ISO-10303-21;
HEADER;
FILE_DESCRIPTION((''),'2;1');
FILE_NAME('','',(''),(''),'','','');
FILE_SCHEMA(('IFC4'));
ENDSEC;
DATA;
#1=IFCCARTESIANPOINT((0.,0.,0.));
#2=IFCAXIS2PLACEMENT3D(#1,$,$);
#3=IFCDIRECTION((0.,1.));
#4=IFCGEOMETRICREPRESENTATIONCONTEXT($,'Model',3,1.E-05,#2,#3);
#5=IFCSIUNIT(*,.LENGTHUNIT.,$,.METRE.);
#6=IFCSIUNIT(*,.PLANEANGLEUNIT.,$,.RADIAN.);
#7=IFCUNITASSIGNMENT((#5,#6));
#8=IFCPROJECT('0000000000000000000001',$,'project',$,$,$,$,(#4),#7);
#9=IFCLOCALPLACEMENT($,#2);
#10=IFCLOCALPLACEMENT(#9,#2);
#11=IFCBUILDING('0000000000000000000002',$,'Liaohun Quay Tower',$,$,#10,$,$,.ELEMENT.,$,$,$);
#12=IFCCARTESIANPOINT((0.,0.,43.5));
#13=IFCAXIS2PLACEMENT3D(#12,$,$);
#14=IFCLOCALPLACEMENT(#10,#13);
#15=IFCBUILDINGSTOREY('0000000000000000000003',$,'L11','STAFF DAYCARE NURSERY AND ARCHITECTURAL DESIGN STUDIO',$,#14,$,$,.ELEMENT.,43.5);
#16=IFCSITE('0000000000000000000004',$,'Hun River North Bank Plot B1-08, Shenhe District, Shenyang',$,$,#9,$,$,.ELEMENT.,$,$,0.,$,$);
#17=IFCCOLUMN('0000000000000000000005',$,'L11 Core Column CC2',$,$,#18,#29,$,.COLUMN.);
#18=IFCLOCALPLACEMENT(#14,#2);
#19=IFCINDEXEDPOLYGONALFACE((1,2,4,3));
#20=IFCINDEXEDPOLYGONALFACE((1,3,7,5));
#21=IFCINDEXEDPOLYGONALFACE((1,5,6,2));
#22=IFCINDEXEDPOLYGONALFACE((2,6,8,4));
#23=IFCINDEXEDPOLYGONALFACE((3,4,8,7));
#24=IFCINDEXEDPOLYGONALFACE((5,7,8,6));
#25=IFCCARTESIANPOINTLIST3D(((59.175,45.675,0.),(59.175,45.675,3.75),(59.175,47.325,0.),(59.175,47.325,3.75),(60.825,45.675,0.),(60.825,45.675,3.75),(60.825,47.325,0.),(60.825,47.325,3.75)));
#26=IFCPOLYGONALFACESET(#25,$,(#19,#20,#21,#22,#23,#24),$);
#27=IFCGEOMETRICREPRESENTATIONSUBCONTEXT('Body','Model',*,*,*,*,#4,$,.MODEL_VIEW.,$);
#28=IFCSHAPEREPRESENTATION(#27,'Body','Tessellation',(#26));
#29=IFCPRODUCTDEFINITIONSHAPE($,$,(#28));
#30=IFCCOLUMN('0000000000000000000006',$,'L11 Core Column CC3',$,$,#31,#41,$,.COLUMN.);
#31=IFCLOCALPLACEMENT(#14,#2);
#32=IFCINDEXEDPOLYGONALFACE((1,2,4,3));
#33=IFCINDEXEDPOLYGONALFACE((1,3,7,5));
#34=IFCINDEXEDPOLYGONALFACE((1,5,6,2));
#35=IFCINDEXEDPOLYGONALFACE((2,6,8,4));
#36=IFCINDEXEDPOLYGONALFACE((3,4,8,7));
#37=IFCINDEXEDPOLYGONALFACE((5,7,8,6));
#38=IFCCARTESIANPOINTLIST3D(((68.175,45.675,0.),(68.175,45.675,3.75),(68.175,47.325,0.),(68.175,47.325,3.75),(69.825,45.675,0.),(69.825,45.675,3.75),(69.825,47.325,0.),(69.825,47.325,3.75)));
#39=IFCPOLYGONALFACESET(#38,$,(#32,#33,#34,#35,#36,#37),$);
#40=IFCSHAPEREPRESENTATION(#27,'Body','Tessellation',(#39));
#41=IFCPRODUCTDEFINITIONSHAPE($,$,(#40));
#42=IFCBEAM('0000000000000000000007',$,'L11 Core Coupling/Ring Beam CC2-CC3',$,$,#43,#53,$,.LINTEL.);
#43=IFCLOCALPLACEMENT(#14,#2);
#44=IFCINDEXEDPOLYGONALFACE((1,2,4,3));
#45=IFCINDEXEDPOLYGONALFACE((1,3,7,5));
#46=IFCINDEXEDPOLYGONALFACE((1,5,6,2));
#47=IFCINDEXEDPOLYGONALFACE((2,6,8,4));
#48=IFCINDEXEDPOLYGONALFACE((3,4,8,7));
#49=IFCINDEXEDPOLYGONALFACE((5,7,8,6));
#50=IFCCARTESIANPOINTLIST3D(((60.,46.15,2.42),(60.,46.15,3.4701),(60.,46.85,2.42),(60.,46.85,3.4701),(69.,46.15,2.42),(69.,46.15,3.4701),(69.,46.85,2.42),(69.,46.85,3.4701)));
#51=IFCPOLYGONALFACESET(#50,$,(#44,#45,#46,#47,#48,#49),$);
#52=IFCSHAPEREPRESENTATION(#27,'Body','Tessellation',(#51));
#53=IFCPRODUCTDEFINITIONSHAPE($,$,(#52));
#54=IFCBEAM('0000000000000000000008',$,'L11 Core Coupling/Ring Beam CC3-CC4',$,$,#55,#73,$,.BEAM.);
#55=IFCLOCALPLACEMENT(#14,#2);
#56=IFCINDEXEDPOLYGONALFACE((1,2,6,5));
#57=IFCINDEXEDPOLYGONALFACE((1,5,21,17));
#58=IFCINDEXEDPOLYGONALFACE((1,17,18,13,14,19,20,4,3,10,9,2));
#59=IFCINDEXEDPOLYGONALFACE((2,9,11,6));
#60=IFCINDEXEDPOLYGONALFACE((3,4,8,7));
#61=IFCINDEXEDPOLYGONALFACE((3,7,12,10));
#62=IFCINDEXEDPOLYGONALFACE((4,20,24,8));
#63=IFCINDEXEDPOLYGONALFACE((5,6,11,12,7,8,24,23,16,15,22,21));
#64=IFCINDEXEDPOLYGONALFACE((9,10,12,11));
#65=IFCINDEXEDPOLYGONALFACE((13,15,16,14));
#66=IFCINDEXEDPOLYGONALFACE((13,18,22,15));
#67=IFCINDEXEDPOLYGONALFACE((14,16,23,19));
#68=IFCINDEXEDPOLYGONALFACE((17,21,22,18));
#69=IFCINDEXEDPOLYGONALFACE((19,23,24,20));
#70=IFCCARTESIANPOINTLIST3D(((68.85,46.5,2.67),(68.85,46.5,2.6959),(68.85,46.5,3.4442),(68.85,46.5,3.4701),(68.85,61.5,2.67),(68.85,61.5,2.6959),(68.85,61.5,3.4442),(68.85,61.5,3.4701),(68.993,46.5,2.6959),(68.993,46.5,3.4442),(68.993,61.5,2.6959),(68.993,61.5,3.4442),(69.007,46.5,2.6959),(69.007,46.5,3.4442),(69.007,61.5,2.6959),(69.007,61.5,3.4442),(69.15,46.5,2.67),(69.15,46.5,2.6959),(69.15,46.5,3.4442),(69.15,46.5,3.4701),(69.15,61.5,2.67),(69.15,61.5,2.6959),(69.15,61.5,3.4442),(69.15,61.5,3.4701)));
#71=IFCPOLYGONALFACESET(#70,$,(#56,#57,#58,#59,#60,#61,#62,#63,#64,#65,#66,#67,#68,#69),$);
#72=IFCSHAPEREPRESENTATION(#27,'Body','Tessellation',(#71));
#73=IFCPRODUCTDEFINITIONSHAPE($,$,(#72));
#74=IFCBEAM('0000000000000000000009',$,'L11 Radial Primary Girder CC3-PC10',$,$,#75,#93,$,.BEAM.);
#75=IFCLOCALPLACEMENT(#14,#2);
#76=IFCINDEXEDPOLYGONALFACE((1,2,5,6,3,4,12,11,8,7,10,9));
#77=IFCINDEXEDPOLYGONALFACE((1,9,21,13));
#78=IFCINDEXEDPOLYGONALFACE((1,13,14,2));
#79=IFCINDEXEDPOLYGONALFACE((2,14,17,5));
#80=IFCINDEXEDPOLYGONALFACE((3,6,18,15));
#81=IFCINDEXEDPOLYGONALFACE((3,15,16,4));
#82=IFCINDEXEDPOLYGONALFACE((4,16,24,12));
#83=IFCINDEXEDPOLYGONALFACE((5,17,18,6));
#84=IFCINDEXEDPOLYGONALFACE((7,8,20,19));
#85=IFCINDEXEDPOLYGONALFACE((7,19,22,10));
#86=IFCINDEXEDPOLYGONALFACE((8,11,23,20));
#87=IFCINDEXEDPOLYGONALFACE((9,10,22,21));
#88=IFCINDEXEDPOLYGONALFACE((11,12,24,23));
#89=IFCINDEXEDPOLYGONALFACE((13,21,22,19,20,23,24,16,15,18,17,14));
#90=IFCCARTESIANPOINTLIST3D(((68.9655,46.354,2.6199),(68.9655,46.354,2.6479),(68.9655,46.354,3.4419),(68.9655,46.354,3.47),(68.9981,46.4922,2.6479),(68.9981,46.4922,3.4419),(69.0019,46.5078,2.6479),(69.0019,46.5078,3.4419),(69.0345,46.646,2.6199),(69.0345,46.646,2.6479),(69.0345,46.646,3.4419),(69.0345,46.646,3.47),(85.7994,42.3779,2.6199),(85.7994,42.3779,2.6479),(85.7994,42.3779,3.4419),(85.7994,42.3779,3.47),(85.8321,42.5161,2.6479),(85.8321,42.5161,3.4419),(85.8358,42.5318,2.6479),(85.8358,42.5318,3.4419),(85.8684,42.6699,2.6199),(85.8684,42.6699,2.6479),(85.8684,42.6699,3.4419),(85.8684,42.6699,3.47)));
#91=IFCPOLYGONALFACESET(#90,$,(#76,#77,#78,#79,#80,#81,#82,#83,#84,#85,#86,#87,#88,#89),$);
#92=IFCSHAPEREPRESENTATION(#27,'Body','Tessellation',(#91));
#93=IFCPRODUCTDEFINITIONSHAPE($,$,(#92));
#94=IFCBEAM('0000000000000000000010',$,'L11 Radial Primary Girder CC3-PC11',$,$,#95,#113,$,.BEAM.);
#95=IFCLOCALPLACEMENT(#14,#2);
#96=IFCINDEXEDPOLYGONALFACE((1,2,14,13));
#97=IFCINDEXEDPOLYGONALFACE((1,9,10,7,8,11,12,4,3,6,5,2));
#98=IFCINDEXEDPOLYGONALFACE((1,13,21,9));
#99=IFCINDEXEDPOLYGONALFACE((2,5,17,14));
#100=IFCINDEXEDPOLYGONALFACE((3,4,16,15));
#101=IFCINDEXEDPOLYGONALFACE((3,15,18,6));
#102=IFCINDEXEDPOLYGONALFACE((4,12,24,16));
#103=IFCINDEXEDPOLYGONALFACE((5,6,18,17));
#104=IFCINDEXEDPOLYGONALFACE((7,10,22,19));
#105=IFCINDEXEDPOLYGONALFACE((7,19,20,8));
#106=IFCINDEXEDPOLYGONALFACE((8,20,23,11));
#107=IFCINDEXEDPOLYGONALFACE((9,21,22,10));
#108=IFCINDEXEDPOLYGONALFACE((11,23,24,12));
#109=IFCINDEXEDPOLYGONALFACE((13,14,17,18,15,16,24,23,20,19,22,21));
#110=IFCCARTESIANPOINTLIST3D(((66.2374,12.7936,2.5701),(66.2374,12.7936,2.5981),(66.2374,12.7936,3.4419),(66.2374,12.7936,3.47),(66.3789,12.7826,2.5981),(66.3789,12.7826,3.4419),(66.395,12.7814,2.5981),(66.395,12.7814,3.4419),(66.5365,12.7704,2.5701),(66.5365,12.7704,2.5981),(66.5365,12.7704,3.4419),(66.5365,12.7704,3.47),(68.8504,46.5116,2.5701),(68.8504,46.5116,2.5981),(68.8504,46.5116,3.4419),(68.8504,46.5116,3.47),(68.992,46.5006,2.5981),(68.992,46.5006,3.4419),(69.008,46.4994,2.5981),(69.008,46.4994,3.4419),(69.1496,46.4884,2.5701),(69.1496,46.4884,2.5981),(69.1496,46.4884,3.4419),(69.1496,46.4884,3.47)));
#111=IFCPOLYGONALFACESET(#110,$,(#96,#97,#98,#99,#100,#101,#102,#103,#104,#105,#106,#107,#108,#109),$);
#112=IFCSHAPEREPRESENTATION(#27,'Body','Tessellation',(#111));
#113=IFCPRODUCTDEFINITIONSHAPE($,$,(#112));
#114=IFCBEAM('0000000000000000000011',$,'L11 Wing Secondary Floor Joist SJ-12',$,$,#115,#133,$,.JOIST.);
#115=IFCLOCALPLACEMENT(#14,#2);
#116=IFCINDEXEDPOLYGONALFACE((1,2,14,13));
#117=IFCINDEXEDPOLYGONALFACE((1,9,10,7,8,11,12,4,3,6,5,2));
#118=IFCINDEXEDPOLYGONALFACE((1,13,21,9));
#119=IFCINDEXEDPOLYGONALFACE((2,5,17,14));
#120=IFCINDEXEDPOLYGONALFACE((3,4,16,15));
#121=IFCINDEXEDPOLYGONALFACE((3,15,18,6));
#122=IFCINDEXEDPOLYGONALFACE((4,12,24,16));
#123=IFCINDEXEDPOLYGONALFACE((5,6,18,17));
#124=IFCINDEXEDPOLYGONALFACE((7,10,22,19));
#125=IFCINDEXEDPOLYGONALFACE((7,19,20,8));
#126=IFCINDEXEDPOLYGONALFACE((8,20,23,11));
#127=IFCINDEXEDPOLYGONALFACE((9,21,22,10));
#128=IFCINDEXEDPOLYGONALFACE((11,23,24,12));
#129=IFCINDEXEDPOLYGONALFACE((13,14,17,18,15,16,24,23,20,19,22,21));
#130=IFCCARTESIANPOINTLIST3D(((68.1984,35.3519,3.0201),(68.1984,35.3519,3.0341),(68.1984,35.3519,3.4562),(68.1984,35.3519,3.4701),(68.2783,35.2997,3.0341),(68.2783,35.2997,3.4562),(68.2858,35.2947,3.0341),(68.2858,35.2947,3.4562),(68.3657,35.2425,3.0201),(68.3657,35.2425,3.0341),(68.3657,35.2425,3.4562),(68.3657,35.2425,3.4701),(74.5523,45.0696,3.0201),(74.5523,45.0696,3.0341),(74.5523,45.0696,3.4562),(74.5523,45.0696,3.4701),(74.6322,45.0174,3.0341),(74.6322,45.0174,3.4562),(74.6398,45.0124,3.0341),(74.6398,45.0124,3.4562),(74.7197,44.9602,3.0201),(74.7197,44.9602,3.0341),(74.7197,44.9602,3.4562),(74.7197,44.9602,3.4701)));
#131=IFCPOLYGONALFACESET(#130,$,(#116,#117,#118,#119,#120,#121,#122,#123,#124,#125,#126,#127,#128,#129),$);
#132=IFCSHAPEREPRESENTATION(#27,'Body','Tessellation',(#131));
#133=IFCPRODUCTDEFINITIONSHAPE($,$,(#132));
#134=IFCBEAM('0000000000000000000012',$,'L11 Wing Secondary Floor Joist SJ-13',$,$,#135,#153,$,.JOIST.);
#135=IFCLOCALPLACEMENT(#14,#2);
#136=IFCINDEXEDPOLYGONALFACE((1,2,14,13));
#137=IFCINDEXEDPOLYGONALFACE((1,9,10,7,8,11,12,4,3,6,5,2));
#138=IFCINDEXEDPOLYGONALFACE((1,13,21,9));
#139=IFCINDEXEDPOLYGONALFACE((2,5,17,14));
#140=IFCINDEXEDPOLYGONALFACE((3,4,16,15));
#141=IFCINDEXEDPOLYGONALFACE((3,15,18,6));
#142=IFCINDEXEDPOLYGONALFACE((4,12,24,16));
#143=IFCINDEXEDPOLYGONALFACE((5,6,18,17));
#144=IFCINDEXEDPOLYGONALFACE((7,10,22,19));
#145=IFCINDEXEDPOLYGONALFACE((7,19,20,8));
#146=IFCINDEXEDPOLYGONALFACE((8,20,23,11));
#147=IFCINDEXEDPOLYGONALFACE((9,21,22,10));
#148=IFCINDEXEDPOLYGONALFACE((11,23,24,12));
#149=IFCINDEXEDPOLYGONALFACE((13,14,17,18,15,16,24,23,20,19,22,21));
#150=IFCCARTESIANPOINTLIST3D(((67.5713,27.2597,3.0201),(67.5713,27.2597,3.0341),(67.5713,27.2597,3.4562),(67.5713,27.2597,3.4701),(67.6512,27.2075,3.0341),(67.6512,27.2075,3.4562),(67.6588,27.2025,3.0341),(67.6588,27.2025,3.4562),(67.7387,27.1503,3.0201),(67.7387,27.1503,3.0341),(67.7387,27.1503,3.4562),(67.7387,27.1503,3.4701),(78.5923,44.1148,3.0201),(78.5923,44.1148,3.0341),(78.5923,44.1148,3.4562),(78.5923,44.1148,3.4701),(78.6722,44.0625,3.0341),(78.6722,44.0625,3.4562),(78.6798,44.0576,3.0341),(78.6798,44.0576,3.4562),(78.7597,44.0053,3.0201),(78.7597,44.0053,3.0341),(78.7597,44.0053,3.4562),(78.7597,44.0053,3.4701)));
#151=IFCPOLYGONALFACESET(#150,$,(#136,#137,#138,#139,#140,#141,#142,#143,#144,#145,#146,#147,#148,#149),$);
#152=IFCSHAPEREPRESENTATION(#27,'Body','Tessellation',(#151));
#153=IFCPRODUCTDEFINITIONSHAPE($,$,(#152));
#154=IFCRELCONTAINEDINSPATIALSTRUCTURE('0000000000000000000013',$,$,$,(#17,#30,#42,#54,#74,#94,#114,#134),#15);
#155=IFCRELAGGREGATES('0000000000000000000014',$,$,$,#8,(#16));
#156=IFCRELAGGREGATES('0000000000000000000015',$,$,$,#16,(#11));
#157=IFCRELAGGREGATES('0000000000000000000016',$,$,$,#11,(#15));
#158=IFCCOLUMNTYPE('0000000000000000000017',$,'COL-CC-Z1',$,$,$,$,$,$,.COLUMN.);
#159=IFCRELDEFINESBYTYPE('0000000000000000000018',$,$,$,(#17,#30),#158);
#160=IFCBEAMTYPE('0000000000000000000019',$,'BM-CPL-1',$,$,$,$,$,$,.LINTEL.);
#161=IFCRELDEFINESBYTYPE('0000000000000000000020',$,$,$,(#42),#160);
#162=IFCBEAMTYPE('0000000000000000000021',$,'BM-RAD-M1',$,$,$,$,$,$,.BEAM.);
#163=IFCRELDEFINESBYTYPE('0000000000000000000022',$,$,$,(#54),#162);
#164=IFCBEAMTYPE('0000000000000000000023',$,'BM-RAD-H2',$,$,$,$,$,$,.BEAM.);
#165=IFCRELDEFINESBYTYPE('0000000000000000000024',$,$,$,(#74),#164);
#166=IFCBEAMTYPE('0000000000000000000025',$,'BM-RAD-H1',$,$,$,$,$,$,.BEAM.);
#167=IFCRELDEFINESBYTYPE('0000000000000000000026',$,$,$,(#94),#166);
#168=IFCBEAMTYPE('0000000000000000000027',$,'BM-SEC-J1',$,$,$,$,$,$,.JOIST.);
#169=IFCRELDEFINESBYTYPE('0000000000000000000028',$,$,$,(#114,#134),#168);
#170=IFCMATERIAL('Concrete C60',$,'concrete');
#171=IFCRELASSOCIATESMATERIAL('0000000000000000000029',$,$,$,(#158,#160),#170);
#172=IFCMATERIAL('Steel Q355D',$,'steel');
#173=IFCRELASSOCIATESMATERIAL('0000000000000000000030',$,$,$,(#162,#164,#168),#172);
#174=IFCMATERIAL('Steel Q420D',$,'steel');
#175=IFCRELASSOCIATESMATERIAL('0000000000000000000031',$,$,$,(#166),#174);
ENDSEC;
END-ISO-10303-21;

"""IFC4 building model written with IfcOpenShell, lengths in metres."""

from ifc_helpers import new_model, si_unit, direction, frame, origin, origin_2d, place, context, subcontext, project, spatial, rectangle, i_section, extrude, source, transform, mapped, material, material_profile, profile_set, type_object, element, save


model = new_model("IFC4")

# Units and contexts
model_context = context("Model", 3, precision=1e-05, world=origin(), true_north=direction((0.0, 1.0)))
body_context = subcontext(model_context, "Body", "Model", "MODEL_VIEW")
ifc_project = project(units=[si_unit("LENGTHUNIT", "METRE"), si_unit("PLANEANGLEUNIT", "RADIAN")], contexts=[model_context])

# Site, building, storey
site_placement = place(None, origin())
site = spatial("IfcSite", under=ifc_project, at=site_placement, Name="Hun River North Bank Plot B1-08, Shenhe District, Shenyang", CompositionType="ELEMENT", RefElevation=0.0)
building_placement = place(site_placement, origin())
building = spatial("IfcBuilding", under=site, at=building_placement, Name="Liaohun Quay Tower", CompositionType="ELEMENT")
storey_placement = place(building_placement, frame((0.0, 0.0, 43.5)))
storey = spatial("IfcBuildingStorey", under=building, at=storey_placement, Name="L11", Description="STAFF DAYCARE NURSERY AND ARCHITECTURAL DESIGN STUDIO", CompositionType="ELEMENT", Elevation=43.5)

# Columns
ifc_material_1 = material(Name="Concrete C60", Category="concrete")
ifc_material_profile_1 = material_profile(ifc_material_1, rectangle(XDim=1.6499, YDim=1.6499, at=origin_2d()), Name="RC1650x1650")
ifc_profile_set_1 = profile_set([ifc_material_profile_1], Name="Concrete C60")
column_type = type_object("IfcColumnType", Name="COL-CC-Z1", PredefinedType="COLUMN", material=ifc_profile_set_1)
shared_shape_1 = source(origin(), body_context, "Body", "SweptSolid", [
    extrude(rectangle(XDim=1.6499, YDim=1.6499, at=origin_2d()), origin(), (0.0, 0.0, 1.0), 3.75),
])
for number, where, z_axis, x_axis, name in (
    (1, (60.0, 46.5, 0.0), (0.0, 0.0, 1.0), (1.0, 0.0, 0.0), "L11 Core Column CC2"),
    (2, (69.0, 46.5, 0.0), (0.0, 0.0, 1.0), (1.0, 0.0, 0.0), "L11 Core Column CC3"),
):
    element("IfcColumn", number, at=place(storey_placement, frame(where, z_axis=z_axis, x_axis=x_axis)), inside=storey, type_object=column_type, Name=name, PredefinedType="COLUMN", context=body_context, shape_type="MappedRepresentation", body=[
        mapped(shared_shape_1, transform((0.0, 0.0, 0.0), x_axis=(1.0, 0.0, 0.0), y_axis=(0.0, 1.0, 0.0), z_axis=(0.0, 0.0, 1.0), scale=1.0)),
    ])

# Beams
ifc_material_profile_2 = material_profile(ifc_material_1, rectangle(XDim=0.7, YDim=1.05, at=origin_2d()), Name="RC700x1050")
ifc_profile_set_2 = profile_set([ifc_material_profile_2], Name="Concrete C60")
beam_type_1 = type_object("IfcBeamType", Name="BM-CPL-1", PredefinedType="LINTEL", material=ifc_profile_set_2)
shared_shape_2 = source(origin(), body_context, "Body", "SweptSolid", [
    extrude(rectangle(XDim=0.7, YDim=1.05, at=origin_2d()), origin(), (0.0, 0.0, 1.0), 9.0),
])
beam_1_placement = place(storey_placement, frame((60.0, 46.5, 2.9451), z_axis=(1.0, 0.0, 0.0), x_axis=(0.0, 1.0, 0.0)))
element("IfcBeam", 3, at=beam_1_placement, inside=storey, type_object=beam_type_1, Name="L11 Core Coupling/Ring Beam CC2-CC3", PredefinedType="LINTEL", context=body_context, shape_type="MappedRepresentation", body=[
    mapped(shared_shape_2, transform((0.0, 0.0, 0.0), x_axis=(1.0, 0.0, 0.0), y_axis=(0.0, 1.0, 0.0), z_axis=(0.0, 0.0, 1.0), scale=1.0)),
])
ifc_material_2 = material(Name="Steel Q355D", Category="steel")
ifc_material_profile_3 = material_profile(ifc_material_2, i_section(OverallWidth=0.3, OverallDepth=0.8, WebThickness=0.0139, FlangeThickness=0.0259, at=origin_2d()), Name="HN800x300x14x26")
ifc_profile_set_3 = profile_set([ifc_material_profile_3], Name="Steel Q355D")
beam_type_2 = type_object("IfcBeamType", Name="BM-RAD-M1", PredefinedType="BEAM", material=ifc_profile_set_3)
shared_shape_3 = source(origin(), body_context, "Body", "SweptSolid", [
    extrude(i_section(OverallWidth=0.3, OverallDepth=0.8, WebThickness=0.0139, FlangeThickness=0.0259, at=origin_2d()), origin(), (0.0, 0.0, 1.0), 15.0),
])
beam_2_placement = place(storey_placement, frame((69.0, 46.5, 3.0701), z_axis=(0.0, 1.0, 0.0), x_axis=(-1.0, 0.0, 0.0)))
element("IfcBeam", 4, at=beam_2_placement, inside=storey, type_object=beam_type_2, Name="L11 Core Coupling/Ring Beam CC3-CC4", PredefinedType="BEAM", context=body_context, shape_type="MappedRepresentation", body=[
    mapped(shared_shape_3, transform((0.0, 0.0, 0.0), x_axis=(1.0, 0.0, 0.0), y_axis=(0.0, 1.0, 0.0), z_axis=(0.0, 0.0, 1.0), scale=1.0)),
])
ifc_material_profile_4 = material_profile(ifc_material_2, i_section(OverallWidth=0.3, OverallDepth=0.8501, WebThickness=0.0161, FlangeThickness=0.0281, at=origin_2d()), Name="HN850x300x16x28")
ifc_profile_set_4 = profile_set([ifc_material_profile_4], Name="Steel Q355D")
beam_type_3 = type_object("IfcBeamType", Name="BM-RAD-H2", PredefinedType="BEAM", material=ifc_profile_set_4)
shared_shape_4 = source(origin(), body_context, "Body", "SweptSolid", [
    extrude(i_section(OverallWidth=0.3, OverallDepth=0.8501, WebThickness=0.0161, FlangeThickness=0.0281, at=origin_2d()), origin(), (0.0, 0.0, 1.0), 17.2971),
])
beam_3_placement = place(storey_placement, frame((69.0, 46.5, 3.0449), z_axis=(0.973222, -0.229868, 0.0), x_axis=(0.229868, 0.973222, 0.0)))
element("IfcBeam", 5, at=beam_3_placement, inside=storey, type_object=beam_type_3, Name="L11 Radial Primary Girder CC3-PC10", PredefinedType="BEAM", context=body_context, shape_type="MappedRepresentation", body=[
    mapped(shared_shape_4, transform((0.0, 0.0, 0.0), x_axis=(1.0, 0.0, 0.0), y_axis=(0.0, 1.0, 0.0), z_axis=(0.0, 0.0, 1.0), scale=1.0)),
])
ifc_material_3 = material(Name="Steel Q420D", Category="steel")
ifc_material_profile_5 = material_profile(ifc_material_3, i_section(OverallWidth=0.3, OverallDepth=0.8999, WebThickness=0.0161, FlangeThickness=0.0281, at=origin_2d()), Name="HN900x300x16x28")
ifc_profile_set_5 = profile_set([ifc_material_profile_5], Name="Steel Q420D")
beam_type_4 = type_object("IfcBeamType", Name="BM-RAD-H1", PredefinedType="BEAM", material=ifc_profile_set_5)
shared_shape_5 = source(origin(), body_context, "Body", "SweptSolid", [
    extrude(i_section(OverallWidth=0.3, OverallDepth=0.8999, WebThickness=0.0161, FlangeThickness=0.0281, at=origin_2d()), origin(), (0.0, 0.0, 1.0), 33.8191),
])
beam_4_placement = place(storey_placement, frame((69.0, 46.5, 3.02), z_axis=(-0.077265, -0.997011, 0.0), x_axis=(0.997011, -0.077265, 0.0)))
element("IfcBeam", 6, at=beam_4_placement, inside=storey, type_object=beam_type_4, Name="L11 Radial Primary Girder CC3-PC11", PredefinedType="BEAM", context=body_context, shape_type="MappedRepresentation", body=[
    mapped(shared_shape_5, transform((0.0, 0.0, 0.0), x_axis=(1.0, 0.0, 0.0), y_axis=(0.0, 1.0, 0.0), z_axis=(0.0, 0.0, 1.0), scale=1.0)),
])
ifc_material_profile_6 = material_profile(ifc_material_2, i_section(OverallWidth=0.2, OverallDepth=0.45, WebThickness=0.009, FlangeThickness=0.0139, at=origin_2d()), Name="HN450x200x9x14")
ifc_profile_set_6 = profile_set([ifc_material_profile_6], Name="Steel Q355D")
beam_type_5 = type_object("IfcBeamType", Name="BM-SEC-J1", PredefinedType="JOIST", material=ifc_profile_set_6)
shared_shape_6 = source(origin(), body_context, "Body", "SweptSolid", [
    extrude(i_section(OverallWidth=0.2, OverallDepth=0.45, WebThickness=0.009, FlangeThickness=0.0139, at=origin_2d()), origin(), (0.0, 0.0, 1.0), 11.6106),
])
beam_5_placement = place(storey_placement, frame((74.636, 45.0149, 3.2451), z_axis=(-0.547254, -0.836967, 0.0), x_axis=(0.836967, -0.547254, 0.0)))
element("IfcBeam", 7, at=beam_5_placement, inside=storey, type_object=beam_type_5, Name="L11 Wing Secondary Floor Joist SJ-12", PredefinedType="JOIST", context=body_context, shape_type="MappedRepresentation", body=[
    mapped(shared_shape_6, transform((0.0, 0.0, 0.0), x_axis=(1.0, 0.0, 0.0), y_axis=(0.0, 1.0, 0.0), z_axis=(0.0, 0.0, 1.0), scale=1.0)),
])
shared_shape_7 = source(origin(), body_context, "Body", "SweptSolid", [
    extrude(i_section(OverallWidth=0.2, OverallDepth=0.45, WebThickness=0.009, FlangeThickness=0.0139, at=origin_2d()), origin(), (0.0, 0.0, 1.0), 20.1384),
])
beam_6_placement = place(storey_placement, frame((78.676, 44.0601, 3.2451), z_axis=(-0.547264, -0.83696, 0.0), x_axis=(0.83696, -0.547264, 0.0)))
element("IfcBeam", 8, at=beam_6_placement, inside=storey, type_object=beam_type_5, Name="L11 Wing Secondary Floor Joist SJ-13", PredefinedType="JOIST", context=body_context, shape_type="MappedRepresentation", body=[
    mapped(shared_shape_7, transform((0.0, 0.0, 0.0), x_axis=(1.0, 0.0, 0.0), y_axis=(0.0, 1.0, 0.0), z_axis=(0.0, 0.0, 1.0), scale=1.0)),
])

save(model, "model.ifc")
